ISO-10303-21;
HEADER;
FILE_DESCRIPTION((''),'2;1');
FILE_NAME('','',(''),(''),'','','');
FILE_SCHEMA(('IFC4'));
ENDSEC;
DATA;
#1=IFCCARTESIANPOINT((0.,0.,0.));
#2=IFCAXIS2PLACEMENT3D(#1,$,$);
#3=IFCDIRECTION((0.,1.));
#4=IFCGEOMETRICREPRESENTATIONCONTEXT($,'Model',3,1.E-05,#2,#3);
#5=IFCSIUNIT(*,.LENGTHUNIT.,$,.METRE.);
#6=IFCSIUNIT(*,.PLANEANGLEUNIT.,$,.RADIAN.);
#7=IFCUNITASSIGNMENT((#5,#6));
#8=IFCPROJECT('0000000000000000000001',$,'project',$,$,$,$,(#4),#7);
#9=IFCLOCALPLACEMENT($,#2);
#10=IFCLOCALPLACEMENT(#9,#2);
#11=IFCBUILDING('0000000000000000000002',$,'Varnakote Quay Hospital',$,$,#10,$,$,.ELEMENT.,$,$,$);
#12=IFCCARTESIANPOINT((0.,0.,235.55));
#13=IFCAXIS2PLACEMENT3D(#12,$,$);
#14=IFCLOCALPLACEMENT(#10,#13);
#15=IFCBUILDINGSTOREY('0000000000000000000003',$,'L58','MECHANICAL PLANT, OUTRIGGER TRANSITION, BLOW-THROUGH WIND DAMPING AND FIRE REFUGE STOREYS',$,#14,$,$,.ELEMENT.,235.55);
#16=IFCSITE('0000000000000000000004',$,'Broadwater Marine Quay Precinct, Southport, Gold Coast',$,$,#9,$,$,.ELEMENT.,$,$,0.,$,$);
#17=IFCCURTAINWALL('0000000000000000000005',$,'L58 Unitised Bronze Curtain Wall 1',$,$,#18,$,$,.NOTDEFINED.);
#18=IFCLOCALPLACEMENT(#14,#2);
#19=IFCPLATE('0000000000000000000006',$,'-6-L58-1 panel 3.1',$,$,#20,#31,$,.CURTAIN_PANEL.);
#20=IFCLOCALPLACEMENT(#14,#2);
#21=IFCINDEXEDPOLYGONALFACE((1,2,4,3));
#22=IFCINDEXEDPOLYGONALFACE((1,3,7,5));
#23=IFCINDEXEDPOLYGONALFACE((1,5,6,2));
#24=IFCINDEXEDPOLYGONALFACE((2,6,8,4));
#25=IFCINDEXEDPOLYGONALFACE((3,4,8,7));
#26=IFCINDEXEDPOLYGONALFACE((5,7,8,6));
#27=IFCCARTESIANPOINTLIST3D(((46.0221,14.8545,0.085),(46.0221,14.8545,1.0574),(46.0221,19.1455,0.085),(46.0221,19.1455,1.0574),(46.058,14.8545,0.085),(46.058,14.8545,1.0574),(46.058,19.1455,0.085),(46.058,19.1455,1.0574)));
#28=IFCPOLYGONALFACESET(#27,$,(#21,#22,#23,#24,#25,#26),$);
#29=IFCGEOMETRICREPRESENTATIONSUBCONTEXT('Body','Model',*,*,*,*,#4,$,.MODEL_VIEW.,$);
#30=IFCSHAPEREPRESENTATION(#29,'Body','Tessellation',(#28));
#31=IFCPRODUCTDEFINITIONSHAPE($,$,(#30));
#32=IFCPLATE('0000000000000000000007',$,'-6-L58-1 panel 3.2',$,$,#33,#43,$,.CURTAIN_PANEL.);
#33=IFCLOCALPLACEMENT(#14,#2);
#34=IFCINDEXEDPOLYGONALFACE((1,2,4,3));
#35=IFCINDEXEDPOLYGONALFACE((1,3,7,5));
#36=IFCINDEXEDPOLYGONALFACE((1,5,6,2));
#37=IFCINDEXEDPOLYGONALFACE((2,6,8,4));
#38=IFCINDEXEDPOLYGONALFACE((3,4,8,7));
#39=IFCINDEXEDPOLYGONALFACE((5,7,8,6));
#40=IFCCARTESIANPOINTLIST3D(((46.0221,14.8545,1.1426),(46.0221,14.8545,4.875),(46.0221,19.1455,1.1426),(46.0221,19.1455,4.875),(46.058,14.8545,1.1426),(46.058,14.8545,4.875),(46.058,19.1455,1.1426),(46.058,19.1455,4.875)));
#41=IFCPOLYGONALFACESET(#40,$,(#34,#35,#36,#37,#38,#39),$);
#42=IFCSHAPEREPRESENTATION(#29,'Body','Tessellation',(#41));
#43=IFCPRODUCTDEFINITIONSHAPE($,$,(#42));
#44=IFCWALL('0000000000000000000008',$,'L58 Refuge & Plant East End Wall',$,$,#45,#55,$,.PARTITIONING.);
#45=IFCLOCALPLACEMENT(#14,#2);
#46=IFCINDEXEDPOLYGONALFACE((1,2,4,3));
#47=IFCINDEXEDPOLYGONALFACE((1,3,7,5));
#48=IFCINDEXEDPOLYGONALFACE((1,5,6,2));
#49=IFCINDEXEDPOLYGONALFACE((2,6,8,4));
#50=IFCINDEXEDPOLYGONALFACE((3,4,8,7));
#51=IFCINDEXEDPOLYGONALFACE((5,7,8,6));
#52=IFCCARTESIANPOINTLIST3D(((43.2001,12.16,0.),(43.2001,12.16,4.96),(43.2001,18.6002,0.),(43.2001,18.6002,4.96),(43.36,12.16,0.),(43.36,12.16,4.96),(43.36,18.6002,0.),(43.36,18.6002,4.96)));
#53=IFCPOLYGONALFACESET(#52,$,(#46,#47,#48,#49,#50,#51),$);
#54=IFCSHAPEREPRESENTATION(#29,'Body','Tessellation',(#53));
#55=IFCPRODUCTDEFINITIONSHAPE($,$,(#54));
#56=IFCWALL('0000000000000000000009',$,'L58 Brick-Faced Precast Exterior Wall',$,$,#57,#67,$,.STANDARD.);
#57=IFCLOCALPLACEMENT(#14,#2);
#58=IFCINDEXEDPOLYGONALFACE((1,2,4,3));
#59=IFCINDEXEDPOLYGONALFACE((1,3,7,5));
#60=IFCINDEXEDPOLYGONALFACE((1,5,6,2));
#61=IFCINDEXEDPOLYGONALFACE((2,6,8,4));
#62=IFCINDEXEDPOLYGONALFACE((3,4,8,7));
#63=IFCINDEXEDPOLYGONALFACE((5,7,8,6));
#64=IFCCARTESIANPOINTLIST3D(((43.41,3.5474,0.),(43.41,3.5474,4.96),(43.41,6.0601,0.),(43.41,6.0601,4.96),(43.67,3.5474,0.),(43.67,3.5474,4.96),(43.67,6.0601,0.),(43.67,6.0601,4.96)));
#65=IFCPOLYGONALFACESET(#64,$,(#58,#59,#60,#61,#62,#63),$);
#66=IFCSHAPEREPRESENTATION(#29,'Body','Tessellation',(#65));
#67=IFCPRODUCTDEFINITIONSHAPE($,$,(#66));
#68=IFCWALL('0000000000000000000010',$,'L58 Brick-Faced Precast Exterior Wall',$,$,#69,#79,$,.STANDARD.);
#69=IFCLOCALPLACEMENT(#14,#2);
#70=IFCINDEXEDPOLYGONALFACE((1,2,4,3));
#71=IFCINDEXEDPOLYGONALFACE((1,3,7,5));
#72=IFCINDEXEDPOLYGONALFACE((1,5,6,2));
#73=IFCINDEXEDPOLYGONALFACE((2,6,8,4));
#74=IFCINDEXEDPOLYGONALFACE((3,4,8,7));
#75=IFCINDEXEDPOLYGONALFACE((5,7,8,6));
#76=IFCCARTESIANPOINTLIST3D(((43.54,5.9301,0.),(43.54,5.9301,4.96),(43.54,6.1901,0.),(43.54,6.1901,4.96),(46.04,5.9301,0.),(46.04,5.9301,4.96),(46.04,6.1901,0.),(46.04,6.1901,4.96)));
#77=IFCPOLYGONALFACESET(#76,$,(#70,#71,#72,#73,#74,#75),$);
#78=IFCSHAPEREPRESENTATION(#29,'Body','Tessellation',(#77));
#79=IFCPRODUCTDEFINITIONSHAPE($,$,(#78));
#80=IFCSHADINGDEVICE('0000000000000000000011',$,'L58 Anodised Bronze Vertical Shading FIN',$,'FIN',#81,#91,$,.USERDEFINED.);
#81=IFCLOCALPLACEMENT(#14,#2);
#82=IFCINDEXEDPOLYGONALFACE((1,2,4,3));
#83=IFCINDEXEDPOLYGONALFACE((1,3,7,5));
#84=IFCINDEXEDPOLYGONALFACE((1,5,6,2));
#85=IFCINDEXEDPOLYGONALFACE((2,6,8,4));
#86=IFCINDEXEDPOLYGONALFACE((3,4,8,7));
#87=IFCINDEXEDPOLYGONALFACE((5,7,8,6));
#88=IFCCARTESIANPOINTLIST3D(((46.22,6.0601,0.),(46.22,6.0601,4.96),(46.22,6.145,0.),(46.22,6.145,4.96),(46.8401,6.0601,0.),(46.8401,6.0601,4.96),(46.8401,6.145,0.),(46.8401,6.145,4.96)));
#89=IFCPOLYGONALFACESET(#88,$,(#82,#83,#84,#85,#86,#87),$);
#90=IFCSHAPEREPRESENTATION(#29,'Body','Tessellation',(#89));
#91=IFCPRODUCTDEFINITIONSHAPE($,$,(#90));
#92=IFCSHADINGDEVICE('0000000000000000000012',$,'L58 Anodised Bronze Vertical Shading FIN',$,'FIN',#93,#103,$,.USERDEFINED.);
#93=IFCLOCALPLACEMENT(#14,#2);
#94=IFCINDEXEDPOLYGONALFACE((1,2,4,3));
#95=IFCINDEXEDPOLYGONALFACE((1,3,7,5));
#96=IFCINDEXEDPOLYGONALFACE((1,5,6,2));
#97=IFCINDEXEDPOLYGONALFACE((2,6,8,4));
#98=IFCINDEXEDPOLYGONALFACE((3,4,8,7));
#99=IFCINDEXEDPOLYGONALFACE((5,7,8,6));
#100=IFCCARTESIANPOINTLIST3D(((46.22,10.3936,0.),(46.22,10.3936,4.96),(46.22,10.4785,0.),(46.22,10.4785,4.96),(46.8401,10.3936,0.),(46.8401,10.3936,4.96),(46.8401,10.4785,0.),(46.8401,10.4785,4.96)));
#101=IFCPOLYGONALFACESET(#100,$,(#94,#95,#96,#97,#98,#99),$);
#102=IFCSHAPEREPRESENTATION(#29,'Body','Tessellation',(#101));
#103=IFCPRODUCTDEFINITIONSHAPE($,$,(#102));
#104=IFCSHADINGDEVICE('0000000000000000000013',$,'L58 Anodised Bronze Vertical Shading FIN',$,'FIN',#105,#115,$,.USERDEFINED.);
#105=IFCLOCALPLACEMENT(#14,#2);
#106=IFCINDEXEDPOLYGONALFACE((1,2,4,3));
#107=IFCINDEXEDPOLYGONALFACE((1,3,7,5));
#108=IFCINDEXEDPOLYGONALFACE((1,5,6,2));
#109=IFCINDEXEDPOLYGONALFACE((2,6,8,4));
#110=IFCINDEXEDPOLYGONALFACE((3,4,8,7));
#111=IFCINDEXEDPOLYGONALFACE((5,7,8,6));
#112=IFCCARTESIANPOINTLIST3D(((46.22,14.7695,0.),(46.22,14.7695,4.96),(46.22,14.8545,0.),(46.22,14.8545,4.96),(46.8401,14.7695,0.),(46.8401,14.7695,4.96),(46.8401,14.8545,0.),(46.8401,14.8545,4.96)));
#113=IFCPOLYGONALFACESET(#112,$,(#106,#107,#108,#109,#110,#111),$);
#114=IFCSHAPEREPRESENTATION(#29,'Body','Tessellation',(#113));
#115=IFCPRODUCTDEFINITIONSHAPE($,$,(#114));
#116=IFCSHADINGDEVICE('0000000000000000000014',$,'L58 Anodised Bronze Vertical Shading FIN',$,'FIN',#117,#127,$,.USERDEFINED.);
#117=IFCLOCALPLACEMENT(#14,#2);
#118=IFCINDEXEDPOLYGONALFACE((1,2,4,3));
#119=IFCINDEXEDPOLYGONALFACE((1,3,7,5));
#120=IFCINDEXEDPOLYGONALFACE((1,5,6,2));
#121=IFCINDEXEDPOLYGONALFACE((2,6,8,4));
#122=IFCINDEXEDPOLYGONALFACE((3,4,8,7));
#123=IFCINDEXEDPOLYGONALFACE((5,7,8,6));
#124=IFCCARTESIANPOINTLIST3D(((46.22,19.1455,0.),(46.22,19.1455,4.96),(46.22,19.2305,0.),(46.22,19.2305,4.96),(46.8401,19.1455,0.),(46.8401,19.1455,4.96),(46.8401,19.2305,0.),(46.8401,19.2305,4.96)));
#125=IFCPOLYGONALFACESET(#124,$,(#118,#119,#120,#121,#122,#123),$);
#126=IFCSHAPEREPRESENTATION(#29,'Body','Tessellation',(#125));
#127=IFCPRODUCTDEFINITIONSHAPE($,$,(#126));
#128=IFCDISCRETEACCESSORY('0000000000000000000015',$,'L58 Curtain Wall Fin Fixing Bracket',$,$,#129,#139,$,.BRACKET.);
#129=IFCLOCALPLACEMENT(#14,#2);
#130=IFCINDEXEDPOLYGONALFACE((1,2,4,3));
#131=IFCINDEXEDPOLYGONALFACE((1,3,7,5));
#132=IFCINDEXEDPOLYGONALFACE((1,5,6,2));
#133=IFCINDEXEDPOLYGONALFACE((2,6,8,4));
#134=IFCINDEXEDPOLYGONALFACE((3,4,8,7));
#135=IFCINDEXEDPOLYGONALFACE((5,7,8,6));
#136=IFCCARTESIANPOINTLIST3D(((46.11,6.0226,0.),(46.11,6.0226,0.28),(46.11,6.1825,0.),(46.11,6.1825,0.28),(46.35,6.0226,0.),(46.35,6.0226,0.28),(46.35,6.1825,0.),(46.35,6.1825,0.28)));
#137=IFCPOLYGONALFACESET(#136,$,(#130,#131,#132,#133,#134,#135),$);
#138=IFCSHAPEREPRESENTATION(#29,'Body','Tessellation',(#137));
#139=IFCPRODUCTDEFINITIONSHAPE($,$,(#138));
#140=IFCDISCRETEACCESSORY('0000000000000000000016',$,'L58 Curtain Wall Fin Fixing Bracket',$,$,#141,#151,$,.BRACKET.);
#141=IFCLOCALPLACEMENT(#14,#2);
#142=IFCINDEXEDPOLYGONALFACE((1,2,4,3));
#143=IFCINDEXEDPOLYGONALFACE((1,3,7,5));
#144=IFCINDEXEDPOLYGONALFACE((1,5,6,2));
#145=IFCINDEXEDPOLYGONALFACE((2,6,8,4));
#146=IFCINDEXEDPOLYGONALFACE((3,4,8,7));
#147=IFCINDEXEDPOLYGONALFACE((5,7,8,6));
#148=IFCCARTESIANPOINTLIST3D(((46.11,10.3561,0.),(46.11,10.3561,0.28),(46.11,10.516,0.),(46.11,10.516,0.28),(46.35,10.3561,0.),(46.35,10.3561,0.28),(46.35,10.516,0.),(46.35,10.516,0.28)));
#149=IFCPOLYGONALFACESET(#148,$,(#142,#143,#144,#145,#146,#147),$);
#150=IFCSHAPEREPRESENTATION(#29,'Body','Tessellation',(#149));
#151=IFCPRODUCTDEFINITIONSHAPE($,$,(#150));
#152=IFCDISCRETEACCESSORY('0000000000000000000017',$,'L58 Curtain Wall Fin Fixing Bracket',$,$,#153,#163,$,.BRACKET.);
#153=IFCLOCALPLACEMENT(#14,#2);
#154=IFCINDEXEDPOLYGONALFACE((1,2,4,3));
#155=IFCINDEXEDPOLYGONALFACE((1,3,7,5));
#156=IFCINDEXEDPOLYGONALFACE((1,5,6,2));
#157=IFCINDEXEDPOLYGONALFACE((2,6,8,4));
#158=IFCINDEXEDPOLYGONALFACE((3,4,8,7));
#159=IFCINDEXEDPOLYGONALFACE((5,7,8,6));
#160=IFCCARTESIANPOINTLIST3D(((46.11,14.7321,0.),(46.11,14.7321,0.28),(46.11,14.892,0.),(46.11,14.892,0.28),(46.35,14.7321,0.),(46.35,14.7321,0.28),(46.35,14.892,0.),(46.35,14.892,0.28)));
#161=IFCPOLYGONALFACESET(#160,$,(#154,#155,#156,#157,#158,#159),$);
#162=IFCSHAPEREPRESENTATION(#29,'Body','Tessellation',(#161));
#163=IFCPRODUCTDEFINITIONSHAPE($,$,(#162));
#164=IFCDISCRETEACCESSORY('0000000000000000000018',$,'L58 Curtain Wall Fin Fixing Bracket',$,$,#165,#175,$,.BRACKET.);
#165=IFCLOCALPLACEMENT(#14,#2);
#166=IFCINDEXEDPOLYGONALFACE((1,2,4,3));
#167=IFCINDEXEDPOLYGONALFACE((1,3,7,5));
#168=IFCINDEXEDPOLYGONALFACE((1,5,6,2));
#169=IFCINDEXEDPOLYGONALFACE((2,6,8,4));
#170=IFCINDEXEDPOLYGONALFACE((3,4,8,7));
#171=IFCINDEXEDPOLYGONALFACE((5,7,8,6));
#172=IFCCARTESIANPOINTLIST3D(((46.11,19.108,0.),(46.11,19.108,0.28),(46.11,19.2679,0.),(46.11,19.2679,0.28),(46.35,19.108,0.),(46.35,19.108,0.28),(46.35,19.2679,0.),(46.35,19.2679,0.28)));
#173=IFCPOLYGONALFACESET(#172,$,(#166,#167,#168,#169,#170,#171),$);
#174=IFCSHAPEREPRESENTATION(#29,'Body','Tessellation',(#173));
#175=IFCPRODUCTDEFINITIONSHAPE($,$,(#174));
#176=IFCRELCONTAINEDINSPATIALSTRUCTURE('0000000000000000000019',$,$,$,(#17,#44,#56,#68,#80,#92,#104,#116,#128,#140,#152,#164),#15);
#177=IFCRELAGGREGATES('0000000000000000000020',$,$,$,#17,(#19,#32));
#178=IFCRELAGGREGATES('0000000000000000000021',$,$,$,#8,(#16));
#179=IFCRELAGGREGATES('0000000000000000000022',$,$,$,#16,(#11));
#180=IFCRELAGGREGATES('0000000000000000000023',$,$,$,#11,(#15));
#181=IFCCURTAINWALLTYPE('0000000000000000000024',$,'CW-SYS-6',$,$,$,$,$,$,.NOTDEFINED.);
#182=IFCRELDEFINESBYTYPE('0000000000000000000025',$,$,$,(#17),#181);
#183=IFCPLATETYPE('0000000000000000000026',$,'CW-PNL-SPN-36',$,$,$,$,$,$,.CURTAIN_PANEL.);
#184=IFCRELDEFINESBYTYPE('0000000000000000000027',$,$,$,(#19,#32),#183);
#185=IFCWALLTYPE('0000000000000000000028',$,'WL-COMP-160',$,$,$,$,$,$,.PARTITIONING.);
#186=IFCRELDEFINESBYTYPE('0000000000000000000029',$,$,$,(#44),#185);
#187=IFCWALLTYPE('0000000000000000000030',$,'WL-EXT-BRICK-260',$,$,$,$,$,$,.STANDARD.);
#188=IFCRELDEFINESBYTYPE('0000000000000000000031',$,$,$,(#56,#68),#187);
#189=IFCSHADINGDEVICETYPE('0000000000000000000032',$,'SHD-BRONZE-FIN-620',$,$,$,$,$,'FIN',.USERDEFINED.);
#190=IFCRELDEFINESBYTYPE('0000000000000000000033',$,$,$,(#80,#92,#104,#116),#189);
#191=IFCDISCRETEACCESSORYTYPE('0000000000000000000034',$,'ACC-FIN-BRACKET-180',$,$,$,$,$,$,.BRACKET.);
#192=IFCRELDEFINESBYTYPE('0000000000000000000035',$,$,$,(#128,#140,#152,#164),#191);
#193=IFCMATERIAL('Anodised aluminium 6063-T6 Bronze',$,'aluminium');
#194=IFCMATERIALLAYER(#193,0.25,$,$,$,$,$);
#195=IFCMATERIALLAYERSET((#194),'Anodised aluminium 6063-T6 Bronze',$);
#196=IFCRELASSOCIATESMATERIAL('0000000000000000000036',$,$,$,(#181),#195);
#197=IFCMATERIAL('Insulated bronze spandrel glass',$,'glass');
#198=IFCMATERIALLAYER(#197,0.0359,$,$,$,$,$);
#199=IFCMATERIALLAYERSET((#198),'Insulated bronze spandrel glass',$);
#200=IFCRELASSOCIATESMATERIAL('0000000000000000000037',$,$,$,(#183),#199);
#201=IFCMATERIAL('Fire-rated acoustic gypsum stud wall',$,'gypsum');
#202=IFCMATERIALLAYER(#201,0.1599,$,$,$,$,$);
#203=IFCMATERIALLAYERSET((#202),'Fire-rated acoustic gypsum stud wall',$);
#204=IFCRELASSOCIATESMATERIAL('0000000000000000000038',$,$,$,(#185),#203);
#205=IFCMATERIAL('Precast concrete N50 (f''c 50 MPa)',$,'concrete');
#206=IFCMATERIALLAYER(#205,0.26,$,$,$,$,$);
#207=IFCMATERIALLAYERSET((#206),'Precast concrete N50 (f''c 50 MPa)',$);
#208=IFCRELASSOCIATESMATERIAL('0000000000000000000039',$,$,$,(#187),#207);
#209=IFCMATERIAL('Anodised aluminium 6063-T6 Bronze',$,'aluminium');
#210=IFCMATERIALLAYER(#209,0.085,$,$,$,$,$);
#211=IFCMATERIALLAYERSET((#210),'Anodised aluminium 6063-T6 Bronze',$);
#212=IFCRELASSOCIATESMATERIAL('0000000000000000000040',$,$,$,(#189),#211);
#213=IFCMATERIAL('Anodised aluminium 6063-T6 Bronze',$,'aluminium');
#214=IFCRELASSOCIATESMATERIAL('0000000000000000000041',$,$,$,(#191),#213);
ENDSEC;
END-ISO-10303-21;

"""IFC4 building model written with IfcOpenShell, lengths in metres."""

from ifc_helpers import new_model, si_unit, direction, frame, frame_2d, origin, origin_2d, place, context, subcontext, project, spatial, rectangle, extrude, material, layer, layer_set, type_object, element, aggregate, save


model = new_model("IFC4")

# Units and contexts
model_context = context("Model", 3, precision=1e-05, world=origin(), true_north=direction((0.0, 1.0)))
body_context = subcontext(model_context, "Body", "Model", "MODEL_VIEW")
ifc_project = project(units=[si_unit("LENGTHUNIT", "METRE"), si_unit("PLANEANGLEUNIT", "RADIAN")], contexts=[model_context])

# Site, building, storey
site_placement = place(None, origin())
site = spatial("IfcSite", under=ifc_project, at=site_placement, Name="Broadwater Marine Quay Precinct, Southport, Gold Coast", CompositionType="ELEMENT", RefElevation=0.0)
building_placement = place(site_placement, origin())
building = spatial("IfcBuilding", under=site, at=building_placement, Name="Varnakote Quay Hospital", CompositionType="ELEMENT")
storey_placement = place(building_placement, frame((0.0, 0.0, 235.55)))
storey = spatial("IfcBuildingStorey", under=building, at=storey_placement, Name="L58", Description="MECHANICAL PLANT, OUTRIGGER TRANSITION, BLOW-THROUGH WIND DAMPING AND FIRE REFUGE STOREYS", CompositionType="ELEMENT", Elevation=235.55)

# Curtain wall, plates
ifc_material_1 = material(Name="Anodised aluminium 6063-T6 Bronze", Category="aluminium")
ifc_layer_1 = layer(ifc_material_1, 0.25)
ifc_layer_set_1 = layer_set([ifc_layer_1], Name="Anodised aluminium 6063-T6 Bronze")
curtain_wall_type = type_object("IfcCurtainWallType", Name="CW-SYS-6", PredefinedType="NOTDEFINED", material=ifc_layer_set_1)
curtain_wall_placement = place(storey_placement, origin())
curtain_wall = element("IfcCurtainWall", 1, at=curtain_wall_placement, inside=storey, type_object=curtain_wall_type, Name="L58 Unitised Bronze Curtain Wall 1", PredefinedType="NOTDEFINED")
ifc_material_2 = material(Name="Insulated bronze spandrel glass", Category="glass")
ifc_layer_2 = layer(ifc_material_2, 0.0359)
ifc_layer_set_2 = layer_set([ifc_layer_2], Name="Insulated bronze spandrel glass")
plate_type = type_object("IfcPlateType", Name="CW-PNL-SPN-36", PredefinedType="CURTAIN_PANEL", material=ifc_layer_set_2)
plate_1_placement = place(storey_placement, frame((46.04, 17.0, 0.085), z_axis=(0.0, 0.0, 1.0), x_axis=(0.0, 1.0, 0.0)))
plate_1 = element("IfcPlate", 2, at=plate_1_placement, type_object=plate_type, Name="-6-L58-1 panel 3.1", PredefinedType="CURTAIN_PANEL", context=body_context, shape_type="SweptSolid", body=[
    extrude(rectangle(XDim=4.291, YDim=0.0359, at=origin_2d()), origin(), (0.0, 0.0, 1.0), 0.9724),
])
plate_2_placement = place(storey_placement, frame((46.04, 17.0, 1.1426), z_axis=(0.0, 0.0, 1.0), x_axis=(0.0, 1.0, 0.0)))
plate_2 = element("IfcPlate", 3, at=plate_2_placement, type_object=plate_type, Name="-6-L58-1 panel 3.2", PredefinedType="CURTAIN_PANEL", context=body_context, shape_type="SweptSolid", body=[
    extrude(rectangle(XDim=4.291, YDim=0.0359, at=origin_2d()), origin(), (0.0, 0.0, 1.0), 3.7324),
])
aggregate(curtain_wall, [plate_1, plate_2])

# Walls
ifc_material_3 = material(Name="Fire-rated acoustic gypsum stud wall", Category="gypsum")
ifc_layer_3 = layer(ifc_material_3, 0.1599)
ifc_layer_set_3 = layer_set([ifc_layer_3], Name="Fire-rated acoustic gypsum stud wall")
wall_type_1 = type_object("IfcWallType", Name="WL-COMP-160", PredefinedType="PARTITIONING", material=ifc_layer_set_3)
wall_1_placement = place(storey_placement, frame((43.28, 12.1599, 0.0), z_axis=(0.0, 0.0, 1.0), x_axis=(0.0, 1.0, 0.0)))
element("IfcWall", 4, at=wall_1_placement, inside=storey, type_object=wall_type_1, Name="L58 Refuge & Plant East End Wall", PredefinedType="PARTITIONING", context=body_context, shape_type="SweptSolid", body=[
    extrude(rectangle(XDim=6.4402, YDim=0.1599, at=frame_2d((3.2202, 0.0))), origin(), (0.0, 0.0, 1.0), 4.96),
])
ifc_material_4 = material(Name="Precast concrete N50 (f'c 50 MPa)", Category="concrete")
ifc_layer_4 = layer(ifc_material_4, 0.26)
ifc_layer_set_4 = layer_set([ifc_layer_4], Name="Precast concrete N50 (f'c 50 MPa)")
wall_type_2 = type_object("IfcWallType", Name="WL-EXT-BRICK-260", PredefinedType="STANDARD", material=ifc_layer_set_4)
wall_2_placement = place(storey_placement, frame((43.54, 3.5474, 0.0), z_axis=(0.0, 0.0, 1.0), x_axis=(0.0, 1.0, 0.0)))
element("IfcWall", 5, at=wall_2_placement, inside=storey, type_object=wall_type_2, Name="L58 Brick-Faced Precast Exterior Wall", PredefinedType="STANDARD", context=body_context, shape_type="SweptSolid", body=[
    extrude(rectangle(XDim=2.5127, YDim=0.26, at=frame_2d((1.2563, 0.0))), origin(), (0.0, 0.0, 1.0), 4.96),
])
wall_3_placement = place(storey_placement, frame((43.54, 6.0601, 0.0), z_axis=(0.0, 0.0, 1.0), x_axis=(1.0, 0.0, 0.0)))
element("IfcWall", 6, at=wall_3_placement, inside=storey, type_object=wall_type_2, Name="L58 Brick-Faced Precast Exterior Wall", PredefinedType="STANDARD", context=body_context, shape_type="SweptSolid", body=[
    extrude(rectangle(XDim=2.5, YDim=0.26, at=frame_2d((1.25, 0.0))), origin(), (0.0, 0.0, 1.0), 4.96),
])

# Shading devices
ifc_material_5 = material(Name="Anodised aluminium 6063-T6 Bronze", Category="aluminium")
ifc_layer_5 = layer(ifc_material_5, 0.085)
ifc_layer_set_5 = layer_set([ifc_layer_5], Name="Anodised aluminium 6063-T6 Bronze")
shading_device_type = type_object("IfcShadingDeviceType", Name="SHD-BRONZE-FIN-620", ElementType="FIN", PredefinedType="USERDEFINED", material=ifc_layer_set_5)
for number, where, z_axis, x_axis, name in (
    (7, (46.53, 6.1025, 0.0), (0.0, 0.0, 1.0), (-1.0, 0.0, 0.0), "L58 Anodised Bronze Vertical Shading FIN"),
    (8, (46.53, 10.436, 0.0), (0.0, 0.0, 1.0), (-1.0, 0.0, 0.0), "L58 Anodised Bronze Vertical Shading FIN"),
    (9, (46.53, 14.812, 0.0), (0.0, 0.0, 1.0), (-1.0, 0.0, 0.0), "L58 Anodised Bronze Vertical Shading FIN"),
    (10, (46.53, 19.188, 0.0), (0.0, 0.0, 1.0), (-1.0, 0.0, 0.0), "L58 Anodised Bronze Vertical Shading FIN"),
):
    element("IfcShadingDevice", number, at=place(storey_placement, frame(where, z_axis=z_axis, x_axis=x_axis)), inside=storey, type_object=shading_device_type, Name=name, ObjectType="FIN", PredefinedType="USERDEFINED", context=body_context, shape_type="SweptSolid", body=[
        extrude(rectangle(XDim=0.6201, YDim=0.085, at=origin_2d()), origin(), (0.0, 0.0, 1.0), 4.96),
    ])

# Discrete accessories
ifc_material_6 = material(Name="Anodised aluminium 6063-T6 Bronze", Category="aluminium")
discrete_accessory_type = type_object("IfcDiscreteAccessoryType", Name="ACC-FIN-BRACKET-180", PredefinedType="BRACKET", material=ifc_material_6)
for number, where, z_axis, x_axis, name in (
    (11, (46.23, 6.1025, 0.0), (0.0, 0.0, 1.0), (0.0, 1.0, 0.0), "L58 Curtain Wall Fin Fixing Bracket"),
    (12, (46.23, 10.436, 0.0), (0.0, 0.0, 1.0), (0.0, 1.0, 0.0), "L58 Curtain Wall Fin Fixing Bracket"),
    (13, (46.23, 14.812, 0.0), (0.0, 0.0, 1.0), (0.0, 1.0, 0.0), "L58 Curtain Wall Fin Fixing Bracket"),
    (14, (46.23, 19.188, 0.0), (0.0, 0.0, 1.0), (0.0, 1.0, 0.0), "L58 Curtain Wall Fin Fixing Bracket"),
):
    element("IfcDiscreteAccessory", number, at=place(storey_placement, frame(where, z_axis=z_axis, x_axis=x_axis)), inside=storey, type_object=discrete_accessory_type, Name=name, PredefinedType="BRACKET", context=body_context, shape_type="SweptSolid", body=[
        extrude(rectangle(XDim=0.1599, YDim=0.24, at=origin_2d()), origin(), (0.0, 0.0, 1.0), 0.28),
    ])

save(model, "model.ifc")
